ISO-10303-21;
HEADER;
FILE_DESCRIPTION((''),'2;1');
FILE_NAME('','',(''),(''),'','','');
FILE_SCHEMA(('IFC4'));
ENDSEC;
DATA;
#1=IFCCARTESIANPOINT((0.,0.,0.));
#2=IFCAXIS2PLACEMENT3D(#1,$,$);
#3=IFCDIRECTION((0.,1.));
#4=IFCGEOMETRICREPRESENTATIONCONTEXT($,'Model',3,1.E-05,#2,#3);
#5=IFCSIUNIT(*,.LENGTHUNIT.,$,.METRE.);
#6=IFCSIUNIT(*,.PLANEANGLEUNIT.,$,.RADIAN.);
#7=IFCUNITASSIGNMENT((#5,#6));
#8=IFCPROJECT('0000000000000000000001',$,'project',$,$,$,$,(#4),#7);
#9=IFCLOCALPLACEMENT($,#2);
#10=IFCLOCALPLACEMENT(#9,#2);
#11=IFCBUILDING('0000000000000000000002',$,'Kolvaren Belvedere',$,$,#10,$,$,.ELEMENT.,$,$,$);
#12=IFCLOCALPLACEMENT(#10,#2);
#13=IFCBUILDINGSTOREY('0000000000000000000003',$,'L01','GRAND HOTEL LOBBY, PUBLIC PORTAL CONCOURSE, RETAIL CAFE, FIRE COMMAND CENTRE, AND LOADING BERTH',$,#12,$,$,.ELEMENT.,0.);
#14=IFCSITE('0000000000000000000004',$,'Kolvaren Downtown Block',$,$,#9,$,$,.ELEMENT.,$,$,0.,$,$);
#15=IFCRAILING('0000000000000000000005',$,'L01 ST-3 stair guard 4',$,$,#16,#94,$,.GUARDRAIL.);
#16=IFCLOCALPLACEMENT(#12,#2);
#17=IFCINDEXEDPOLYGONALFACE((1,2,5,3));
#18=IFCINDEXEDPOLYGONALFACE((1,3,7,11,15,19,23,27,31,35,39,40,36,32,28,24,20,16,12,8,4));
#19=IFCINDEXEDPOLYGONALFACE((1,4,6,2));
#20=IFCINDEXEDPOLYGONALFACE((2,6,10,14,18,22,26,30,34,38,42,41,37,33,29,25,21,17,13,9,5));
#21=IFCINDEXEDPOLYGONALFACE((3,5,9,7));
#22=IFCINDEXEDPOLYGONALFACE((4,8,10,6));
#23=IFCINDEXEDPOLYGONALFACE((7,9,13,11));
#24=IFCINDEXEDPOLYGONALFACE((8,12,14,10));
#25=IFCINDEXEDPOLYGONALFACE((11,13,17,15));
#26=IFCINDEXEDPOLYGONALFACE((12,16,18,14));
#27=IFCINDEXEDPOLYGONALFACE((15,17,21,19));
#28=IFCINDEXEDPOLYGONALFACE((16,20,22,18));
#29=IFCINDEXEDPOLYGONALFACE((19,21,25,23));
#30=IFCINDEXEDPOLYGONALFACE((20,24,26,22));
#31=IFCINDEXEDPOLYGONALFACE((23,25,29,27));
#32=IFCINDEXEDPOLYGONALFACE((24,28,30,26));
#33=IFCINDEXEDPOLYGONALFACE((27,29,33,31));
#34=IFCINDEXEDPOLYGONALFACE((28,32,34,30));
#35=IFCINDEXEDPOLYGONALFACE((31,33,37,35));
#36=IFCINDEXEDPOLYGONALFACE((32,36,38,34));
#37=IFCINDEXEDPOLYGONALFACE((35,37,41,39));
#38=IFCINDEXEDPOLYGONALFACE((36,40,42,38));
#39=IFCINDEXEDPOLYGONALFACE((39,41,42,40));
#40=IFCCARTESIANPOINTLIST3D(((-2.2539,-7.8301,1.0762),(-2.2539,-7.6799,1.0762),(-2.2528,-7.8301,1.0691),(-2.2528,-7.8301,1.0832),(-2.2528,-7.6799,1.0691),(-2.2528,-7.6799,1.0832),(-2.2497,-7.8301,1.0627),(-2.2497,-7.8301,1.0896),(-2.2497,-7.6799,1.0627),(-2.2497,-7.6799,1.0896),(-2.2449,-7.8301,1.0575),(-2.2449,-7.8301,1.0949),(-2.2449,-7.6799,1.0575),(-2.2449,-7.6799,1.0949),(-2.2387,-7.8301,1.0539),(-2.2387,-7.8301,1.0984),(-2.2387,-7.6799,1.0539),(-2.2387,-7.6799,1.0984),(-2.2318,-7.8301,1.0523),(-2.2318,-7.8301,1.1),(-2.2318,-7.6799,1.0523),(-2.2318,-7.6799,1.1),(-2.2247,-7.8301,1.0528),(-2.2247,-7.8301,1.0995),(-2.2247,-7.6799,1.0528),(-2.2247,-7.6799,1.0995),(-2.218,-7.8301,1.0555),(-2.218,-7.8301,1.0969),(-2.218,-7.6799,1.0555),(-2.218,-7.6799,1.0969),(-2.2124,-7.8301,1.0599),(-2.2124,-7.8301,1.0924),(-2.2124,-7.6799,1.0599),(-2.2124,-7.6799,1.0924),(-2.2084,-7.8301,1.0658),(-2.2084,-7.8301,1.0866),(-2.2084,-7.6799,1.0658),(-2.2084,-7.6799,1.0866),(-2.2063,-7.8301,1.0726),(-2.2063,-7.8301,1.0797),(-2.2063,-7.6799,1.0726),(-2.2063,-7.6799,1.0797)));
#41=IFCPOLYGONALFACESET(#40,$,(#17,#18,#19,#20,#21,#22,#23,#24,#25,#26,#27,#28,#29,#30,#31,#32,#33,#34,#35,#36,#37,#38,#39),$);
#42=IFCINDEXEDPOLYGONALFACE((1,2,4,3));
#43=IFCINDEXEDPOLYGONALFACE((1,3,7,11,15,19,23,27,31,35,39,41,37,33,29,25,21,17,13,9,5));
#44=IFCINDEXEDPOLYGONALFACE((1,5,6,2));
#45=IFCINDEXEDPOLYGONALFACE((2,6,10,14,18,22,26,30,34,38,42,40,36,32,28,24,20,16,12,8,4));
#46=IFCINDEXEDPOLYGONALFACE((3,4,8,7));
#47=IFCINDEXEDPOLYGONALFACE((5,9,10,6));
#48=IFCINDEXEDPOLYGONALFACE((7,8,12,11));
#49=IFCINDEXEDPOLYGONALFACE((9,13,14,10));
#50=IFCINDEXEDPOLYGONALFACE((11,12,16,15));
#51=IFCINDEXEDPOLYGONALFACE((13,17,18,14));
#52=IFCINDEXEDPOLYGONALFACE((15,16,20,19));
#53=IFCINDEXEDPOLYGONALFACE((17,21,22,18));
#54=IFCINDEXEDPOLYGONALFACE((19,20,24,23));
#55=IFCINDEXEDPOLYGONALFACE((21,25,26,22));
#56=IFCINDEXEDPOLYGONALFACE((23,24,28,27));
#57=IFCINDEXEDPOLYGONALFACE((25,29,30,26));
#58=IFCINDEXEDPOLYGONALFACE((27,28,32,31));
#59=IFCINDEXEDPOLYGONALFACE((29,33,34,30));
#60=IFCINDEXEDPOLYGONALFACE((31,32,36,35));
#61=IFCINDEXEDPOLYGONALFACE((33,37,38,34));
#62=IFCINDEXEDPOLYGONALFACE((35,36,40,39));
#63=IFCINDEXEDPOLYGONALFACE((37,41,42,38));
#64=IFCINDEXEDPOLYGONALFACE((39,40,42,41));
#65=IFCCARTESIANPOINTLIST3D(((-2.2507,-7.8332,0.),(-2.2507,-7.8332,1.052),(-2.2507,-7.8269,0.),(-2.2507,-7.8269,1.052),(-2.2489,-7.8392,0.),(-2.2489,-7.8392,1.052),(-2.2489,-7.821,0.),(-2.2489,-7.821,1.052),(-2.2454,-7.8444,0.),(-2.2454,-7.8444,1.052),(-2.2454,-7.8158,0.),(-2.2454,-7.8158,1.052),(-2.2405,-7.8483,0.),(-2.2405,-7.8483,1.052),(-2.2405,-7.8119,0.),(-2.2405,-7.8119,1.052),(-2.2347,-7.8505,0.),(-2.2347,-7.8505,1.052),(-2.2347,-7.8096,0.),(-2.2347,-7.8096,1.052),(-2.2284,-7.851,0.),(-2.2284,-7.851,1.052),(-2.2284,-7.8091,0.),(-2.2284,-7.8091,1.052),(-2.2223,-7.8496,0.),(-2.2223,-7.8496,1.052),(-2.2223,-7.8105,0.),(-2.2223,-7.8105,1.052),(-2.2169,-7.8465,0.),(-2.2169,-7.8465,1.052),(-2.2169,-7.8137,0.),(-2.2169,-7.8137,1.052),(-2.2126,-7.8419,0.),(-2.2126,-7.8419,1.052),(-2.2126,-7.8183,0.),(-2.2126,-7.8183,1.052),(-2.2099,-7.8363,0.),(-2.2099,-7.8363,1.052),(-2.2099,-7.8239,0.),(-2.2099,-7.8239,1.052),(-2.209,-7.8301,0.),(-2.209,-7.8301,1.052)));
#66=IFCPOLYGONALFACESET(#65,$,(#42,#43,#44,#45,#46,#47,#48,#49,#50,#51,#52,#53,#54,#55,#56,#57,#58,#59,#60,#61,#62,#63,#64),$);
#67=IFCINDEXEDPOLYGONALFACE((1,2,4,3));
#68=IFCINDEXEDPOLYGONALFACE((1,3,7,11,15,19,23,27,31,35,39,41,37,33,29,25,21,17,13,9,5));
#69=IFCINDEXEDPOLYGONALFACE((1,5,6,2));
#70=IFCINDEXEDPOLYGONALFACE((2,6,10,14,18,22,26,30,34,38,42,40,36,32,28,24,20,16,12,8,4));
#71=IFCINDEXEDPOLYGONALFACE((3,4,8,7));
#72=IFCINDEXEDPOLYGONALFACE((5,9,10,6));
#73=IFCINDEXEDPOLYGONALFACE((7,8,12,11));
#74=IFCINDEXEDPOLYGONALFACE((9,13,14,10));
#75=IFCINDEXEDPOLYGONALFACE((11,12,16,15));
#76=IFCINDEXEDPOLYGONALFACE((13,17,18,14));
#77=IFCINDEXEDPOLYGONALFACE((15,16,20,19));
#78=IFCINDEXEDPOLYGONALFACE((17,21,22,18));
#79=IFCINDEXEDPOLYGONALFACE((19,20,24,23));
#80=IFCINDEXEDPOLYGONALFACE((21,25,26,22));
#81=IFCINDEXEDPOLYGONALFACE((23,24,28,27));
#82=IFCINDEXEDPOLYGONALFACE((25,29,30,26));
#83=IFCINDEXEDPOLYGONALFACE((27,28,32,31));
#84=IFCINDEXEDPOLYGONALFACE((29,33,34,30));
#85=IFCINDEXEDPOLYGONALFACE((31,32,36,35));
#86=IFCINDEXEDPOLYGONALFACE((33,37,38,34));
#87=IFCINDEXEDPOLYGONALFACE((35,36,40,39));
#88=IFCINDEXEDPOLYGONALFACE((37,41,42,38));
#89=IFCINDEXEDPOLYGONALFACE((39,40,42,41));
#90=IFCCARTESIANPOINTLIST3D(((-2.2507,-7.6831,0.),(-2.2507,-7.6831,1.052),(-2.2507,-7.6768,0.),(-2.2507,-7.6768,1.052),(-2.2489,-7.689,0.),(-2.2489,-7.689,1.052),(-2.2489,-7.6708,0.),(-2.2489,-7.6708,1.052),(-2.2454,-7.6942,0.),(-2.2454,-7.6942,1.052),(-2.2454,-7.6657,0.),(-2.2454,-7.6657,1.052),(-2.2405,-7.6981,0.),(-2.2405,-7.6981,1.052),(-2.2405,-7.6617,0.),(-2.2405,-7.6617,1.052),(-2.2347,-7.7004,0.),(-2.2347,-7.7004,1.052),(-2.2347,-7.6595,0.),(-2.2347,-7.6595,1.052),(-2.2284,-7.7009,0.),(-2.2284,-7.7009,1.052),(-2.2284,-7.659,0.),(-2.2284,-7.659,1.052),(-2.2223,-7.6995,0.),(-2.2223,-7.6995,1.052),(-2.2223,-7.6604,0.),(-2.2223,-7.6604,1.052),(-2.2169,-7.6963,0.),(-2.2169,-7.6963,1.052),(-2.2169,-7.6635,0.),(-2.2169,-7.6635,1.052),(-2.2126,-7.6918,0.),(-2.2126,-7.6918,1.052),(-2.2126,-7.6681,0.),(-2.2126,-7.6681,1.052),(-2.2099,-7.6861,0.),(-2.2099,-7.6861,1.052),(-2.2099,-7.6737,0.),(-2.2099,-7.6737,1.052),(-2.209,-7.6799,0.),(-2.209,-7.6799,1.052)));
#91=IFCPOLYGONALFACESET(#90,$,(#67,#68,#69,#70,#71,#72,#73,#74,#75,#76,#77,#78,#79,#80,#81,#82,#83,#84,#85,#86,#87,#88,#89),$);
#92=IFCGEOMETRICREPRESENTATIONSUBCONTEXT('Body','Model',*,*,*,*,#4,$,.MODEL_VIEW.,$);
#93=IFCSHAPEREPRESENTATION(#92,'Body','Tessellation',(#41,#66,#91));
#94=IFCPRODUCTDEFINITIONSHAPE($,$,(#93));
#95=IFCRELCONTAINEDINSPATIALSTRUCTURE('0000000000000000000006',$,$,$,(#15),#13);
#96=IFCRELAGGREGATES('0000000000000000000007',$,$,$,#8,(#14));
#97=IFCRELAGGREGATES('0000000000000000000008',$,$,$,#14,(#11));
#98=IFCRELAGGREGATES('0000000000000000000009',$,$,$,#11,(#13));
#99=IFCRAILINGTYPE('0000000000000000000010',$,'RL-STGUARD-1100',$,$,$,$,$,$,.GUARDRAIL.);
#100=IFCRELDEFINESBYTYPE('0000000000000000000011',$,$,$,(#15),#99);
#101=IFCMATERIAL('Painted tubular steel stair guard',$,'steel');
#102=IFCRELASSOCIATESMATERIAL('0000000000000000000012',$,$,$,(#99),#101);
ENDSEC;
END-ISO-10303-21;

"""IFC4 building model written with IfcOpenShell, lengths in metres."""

from ifc_helpers import new_model, si_unit, direction, frame, origin, origin_2d, place, context, subcontext, project, spatial, circle, extrude, material, type_object, element, save


model = new_model("IFC4")

# Units and contexts
model_context = context("Model", 3, precision=1e-05, world=origin(), true_north=direction((0.0, 1.0)))
body_context = subcontext(model_context, "Body", "Model", "MODEL_VIEW")
ifc_project = project(units=[si_unit("LENGTHUNIT", "METRE"), si_unit("PLANEANGLEUNIT", "RADIAN")], contexts=[model_context])

# Site, building, storey
site_placement = place(None, origin())
site = spatial("IfcSite", under=ifc_project, at=site_placement, Name="Kolvaren Downtown Block", CompositionType="ELEMENT", RefElevation=0.0)
building_placement = place(site_placement, origin())
building = spatial("IfcBuilding", under=site, at=building_placement, Name="Kolvaren Belvedere", CompositionType="ELEMENT")
storey_placement = place(building_placement, origin())
storey = spatial("IfcBuildingStorey", under=building, at=storey_placement, Name="L01", Description="GRAND HOTEL LOBBY, PUBLIC PORTAL CONCOURSE, RETAIL CAFE, FIRE COMMAND CENTRE, AND LOADING BERTH", CompositionType="ELEMENT", Elevation=0.0)

# Railing
ifc_material_1 = material(Name="Painted tubular steel stair guard", Category="steel")
railing_type_1 = type_object("IfcRailingType", Name="RL-STGUARD-1100", PredefinedType="GUARDRAIL", material=ifc_material_1)
railing_1_placement = place(storey_placement, frame((-2.23, -7.8301, 0.0)))
element("IfcRailing", 1, at=railing_1_placement, inside=storey, type_object=railing_type_1, Name="L01 ST-3 stair guard 4", PredefinedType="GUARDRAIL", context=body_context, shape_type="SweptSolid", body=[
    extrude(circle(Radius=0.0239, at=origin_2d()), frame((0.0, 0.0, 1.0762), z_axis=(0.0, 1.0, 0.0), x_axis=(-1.0, 0.0, 0.0)), (0.0, 0.0, 1.0), 0.1501),
    extrude(circle(Radius=0.021, at=origin_2d()), origin(), (0.0, 0.0, 1.0), 1.052),
    extrude(circle(Radius=0.021, at=origin_2d()), frame((0.0, 0.1501, 0.0)), (0.0, 0.0, 1.0), 1.052),
])

save(model, "model.ifc")
